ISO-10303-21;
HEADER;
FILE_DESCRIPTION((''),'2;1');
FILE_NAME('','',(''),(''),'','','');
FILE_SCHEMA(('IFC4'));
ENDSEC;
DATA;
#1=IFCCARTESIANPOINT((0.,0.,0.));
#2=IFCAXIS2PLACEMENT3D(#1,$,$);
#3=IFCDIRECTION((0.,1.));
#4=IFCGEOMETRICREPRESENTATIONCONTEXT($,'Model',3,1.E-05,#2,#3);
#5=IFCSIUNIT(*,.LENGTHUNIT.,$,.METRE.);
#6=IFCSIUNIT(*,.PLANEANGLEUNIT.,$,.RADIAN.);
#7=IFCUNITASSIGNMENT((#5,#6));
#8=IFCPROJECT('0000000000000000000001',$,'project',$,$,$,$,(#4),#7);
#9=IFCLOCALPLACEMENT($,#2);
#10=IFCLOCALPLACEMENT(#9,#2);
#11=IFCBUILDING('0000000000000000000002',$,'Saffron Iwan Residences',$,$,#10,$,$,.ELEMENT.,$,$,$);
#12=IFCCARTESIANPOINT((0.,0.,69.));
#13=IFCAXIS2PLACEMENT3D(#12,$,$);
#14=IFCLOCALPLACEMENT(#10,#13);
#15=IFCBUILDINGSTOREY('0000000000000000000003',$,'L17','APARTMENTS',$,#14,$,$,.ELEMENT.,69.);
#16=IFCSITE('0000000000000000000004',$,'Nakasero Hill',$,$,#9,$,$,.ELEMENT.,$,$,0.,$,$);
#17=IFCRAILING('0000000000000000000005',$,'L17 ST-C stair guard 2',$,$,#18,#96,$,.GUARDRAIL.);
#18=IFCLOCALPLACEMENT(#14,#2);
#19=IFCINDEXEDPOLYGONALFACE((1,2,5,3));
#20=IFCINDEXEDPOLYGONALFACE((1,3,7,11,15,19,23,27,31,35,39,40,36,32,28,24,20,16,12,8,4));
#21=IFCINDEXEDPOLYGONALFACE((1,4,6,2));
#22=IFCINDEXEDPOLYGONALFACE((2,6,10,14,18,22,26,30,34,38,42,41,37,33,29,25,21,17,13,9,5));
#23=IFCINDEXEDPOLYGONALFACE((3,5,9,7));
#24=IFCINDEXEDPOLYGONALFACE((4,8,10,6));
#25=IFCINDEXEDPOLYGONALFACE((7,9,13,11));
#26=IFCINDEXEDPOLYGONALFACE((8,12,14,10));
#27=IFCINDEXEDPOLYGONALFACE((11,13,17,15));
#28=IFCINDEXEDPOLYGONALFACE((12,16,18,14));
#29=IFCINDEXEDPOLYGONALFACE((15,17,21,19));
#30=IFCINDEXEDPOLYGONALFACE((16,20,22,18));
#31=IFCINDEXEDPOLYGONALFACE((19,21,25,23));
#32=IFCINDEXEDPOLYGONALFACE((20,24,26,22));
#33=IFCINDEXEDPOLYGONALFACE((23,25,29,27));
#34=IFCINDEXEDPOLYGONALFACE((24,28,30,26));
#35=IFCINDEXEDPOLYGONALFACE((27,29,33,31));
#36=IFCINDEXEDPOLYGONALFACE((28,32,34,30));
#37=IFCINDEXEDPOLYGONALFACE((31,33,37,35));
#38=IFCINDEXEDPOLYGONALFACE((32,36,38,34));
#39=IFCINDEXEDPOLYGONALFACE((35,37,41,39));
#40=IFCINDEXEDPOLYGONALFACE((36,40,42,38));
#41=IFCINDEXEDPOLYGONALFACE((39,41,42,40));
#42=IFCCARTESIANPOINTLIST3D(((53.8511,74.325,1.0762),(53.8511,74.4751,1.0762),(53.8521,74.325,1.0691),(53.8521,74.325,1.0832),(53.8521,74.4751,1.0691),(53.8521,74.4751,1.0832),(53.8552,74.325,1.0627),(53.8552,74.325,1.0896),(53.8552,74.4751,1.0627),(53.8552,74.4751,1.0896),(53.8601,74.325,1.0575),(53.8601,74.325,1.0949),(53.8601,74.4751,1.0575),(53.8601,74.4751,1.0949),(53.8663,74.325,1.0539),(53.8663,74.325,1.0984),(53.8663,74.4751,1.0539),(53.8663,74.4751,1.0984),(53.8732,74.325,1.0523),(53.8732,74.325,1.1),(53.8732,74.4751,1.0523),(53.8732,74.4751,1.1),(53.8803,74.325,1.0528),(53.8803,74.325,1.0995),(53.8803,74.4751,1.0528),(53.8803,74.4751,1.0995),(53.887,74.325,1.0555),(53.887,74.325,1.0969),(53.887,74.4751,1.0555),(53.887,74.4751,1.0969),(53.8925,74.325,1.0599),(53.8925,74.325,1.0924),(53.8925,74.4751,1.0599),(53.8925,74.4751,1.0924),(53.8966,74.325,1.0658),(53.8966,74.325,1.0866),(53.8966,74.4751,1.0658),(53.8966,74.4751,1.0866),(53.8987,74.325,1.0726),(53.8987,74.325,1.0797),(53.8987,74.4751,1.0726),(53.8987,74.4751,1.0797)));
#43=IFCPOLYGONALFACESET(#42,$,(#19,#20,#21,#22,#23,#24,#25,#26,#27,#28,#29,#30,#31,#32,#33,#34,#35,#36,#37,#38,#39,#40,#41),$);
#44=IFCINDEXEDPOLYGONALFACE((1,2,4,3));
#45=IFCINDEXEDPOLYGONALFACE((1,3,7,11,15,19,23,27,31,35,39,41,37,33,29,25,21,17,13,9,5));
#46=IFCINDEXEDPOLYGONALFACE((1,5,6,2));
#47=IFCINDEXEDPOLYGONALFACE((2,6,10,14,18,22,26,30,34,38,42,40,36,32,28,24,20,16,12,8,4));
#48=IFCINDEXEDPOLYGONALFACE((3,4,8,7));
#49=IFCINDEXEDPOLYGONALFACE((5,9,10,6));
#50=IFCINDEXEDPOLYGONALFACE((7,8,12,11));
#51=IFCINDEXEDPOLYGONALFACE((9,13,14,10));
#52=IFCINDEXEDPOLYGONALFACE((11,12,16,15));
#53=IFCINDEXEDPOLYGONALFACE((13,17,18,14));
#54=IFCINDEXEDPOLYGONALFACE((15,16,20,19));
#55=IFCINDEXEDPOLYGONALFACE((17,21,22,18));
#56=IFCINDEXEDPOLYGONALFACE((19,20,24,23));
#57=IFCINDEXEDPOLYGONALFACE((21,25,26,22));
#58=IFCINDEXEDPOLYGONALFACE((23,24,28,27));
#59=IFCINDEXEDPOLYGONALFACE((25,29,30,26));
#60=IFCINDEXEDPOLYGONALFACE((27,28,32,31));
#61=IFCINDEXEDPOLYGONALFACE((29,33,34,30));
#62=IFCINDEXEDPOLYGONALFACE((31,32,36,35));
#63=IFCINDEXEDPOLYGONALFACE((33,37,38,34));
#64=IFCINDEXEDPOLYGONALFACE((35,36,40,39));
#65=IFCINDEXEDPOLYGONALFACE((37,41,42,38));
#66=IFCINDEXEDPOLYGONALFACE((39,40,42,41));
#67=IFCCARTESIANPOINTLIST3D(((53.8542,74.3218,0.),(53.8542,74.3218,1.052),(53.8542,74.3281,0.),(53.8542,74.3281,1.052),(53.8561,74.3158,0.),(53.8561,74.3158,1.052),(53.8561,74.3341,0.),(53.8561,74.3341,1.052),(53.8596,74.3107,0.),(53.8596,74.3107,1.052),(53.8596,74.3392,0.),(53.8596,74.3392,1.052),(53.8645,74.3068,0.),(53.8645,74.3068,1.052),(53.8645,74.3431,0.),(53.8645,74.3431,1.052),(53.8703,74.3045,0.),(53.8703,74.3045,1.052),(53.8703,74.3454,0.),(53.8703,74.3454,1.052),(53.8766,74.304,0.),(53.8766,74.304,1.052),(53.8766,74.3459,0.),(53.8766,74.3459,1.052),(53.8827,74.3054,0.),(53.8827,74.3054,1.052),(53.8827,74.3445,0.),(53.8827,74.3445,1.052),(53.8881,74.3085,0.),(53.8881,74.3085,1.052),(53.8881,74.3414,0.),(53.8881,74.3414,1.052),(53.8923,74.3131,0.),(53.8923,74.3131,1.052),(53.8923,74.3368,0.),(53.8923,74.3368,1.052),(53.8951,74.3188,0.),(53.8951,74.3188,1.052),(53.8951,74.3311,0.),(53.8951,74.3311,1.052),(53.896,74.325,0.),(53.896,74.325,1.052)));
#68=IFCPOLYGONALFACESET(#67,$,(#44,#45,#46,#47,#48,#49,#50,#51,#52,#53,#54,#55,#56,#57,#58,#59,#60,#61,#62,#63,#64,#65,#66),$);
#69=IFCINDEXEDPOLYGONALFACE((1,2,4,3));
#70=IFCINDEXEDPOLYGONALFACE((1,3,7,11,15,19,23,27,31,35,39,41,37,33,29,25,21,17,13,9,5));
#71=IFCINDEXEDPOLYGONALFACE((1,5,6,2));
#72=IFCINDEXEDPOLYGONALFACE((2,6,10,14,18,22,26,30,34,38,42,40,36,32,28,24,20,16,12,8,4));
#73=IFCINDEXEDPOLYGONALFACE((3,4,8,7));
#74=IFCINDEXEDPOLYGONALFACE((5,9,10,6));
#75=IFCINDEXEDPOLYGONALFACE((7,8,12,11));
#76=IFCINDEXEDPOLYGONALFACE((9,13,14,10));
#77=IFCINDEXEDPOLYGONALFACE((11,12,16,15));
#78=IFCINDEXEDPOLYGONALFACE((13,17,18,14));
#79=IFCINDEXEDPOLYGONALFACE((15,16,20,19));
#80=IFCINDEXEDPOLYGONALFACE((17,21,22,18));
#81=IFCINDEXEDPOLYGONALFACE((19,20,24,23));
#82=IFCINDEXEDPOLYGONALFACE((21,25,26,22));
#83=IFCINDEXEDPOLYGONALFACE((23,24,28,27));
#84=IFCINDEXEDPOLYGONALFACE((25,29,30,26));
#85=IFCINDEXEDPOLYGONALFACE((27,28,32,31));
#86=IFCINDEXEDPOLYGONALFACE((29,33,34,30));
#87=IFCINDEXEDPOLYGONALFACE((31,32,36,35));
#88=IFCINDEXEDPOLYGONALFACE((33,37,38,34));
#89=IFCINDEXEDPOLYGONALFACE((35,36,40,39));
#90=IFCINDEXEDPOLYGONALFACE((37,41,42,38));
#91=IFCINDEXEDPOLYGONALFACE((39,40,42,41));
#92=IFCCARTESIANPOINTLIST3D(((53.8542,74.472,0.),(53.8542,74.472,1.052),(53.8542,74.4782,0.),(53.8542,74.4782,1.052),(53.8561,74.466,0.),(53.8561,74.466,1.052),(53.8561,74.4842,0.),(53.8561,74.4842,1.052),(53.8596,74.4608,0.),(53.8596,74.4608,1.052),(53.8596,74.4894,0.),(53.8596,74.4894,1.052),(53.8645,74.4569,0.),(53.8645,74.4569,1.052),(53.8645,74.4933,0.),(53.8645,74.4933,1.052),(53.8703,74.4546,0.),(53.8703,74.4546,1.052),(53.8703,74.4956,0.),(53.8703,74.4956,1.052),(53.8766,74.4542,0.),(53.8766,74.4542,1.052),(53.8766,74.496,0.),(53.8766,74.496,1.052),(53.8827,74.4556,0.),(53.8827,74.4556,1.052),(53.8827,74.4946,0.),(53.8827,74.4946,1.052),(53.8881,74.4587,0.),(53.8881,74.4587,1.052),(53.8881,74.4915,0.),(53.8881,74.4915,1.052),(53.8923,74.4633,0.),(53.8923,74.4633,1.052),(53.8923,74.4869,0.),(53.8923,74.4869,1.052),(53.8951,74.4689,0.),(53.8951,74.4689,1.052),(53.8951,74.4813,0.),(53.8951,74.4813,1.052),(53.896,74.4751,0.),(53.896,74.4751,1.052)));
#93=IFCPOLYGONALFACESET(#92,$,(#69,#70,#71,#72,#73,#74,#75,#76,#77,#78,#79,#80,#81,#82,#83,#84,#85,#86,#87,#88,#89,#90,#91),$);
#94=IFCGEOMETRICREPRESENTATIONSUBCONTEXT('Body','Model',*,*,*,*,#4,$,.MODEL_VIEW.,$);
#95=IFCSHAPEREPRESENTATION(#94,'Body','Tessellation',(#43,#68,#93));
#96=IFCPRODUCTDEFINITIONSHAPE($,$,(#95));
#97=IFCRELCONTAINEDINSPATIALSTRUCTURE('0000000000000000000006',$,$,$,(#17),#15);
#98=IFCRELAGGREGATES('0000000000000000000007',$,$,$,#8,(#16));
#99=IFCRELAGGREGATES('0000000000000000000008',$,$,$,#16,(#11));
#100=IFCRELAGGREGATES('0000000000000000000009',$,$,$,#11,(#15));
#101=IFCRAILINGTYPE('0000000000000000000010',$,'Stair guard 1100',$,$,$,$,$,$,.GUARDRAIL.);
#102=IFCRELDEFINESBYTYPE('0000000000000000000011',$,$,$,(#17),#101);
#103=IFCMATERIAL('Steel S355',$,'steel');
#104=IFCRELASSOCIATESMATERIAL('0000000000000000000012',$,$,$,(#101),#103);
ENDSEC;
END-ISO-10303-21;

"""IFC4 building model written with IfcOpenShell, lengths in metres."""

from ifc_helpers import new_model, si_unit, direction, frame, origin, origin_2d, place, context, subcontext, project, spatial, circle, extrude, material, type_object, element, save


model = new_model("IFC4")

# Units and contexts
model_context = context("Model", 3, precision=1e-05, world=origin(), true_north=direction((0.0, 1.0)))
body_context = subcontext(model_context, "Body", "Model", "MODEL_VIEW")
ifc_project = project(units=[si_unit("LENGTHUNIT", "METRE"), si_unit("PLANEANGLEUNIT", "RADIAN")], contexts=[model_context])

# Site, building, storey
site_placement = place(None, origin())
site = spatial("IfcSite", under=ifc_project, at=site_placement, Name="Nakasero Hill", CompositionType="ELEMENT", RefElevation=0.0)
building_placement = place(site_placement, origin())
building = spatial("IfcBuilding", under=site, at=building_placement, Name="Saffron Iwan Residences", CompositionType="ELEMENT")
storey_placement = place(building_placement, frame((0.0, 0.0, 69.0)))
storey = spatial("IfcBuildingStorey", under=building, at=storey_placement, Name="L17", Description="APARTMENTS", CompositionType="ELEMENT", Elevation=69.0)

# Railing
ifc_material_1 = material(Name="Steel S355", Category="steel")
railing_type_1 = type_object("IfcRailingType", Name="Stair guard 1100", PredefinedType="GUARDRAIL", material=ifc_material_1)
railing_1_placement = place(storey_placement, frame((53.875, 74.325, 0.0)))
element("IfcRailing", 1, at=railing_1_placement, inside=storey, type_object=railing_type_1, Name="L17 ST-C stair guard 2", PredefinedType="GUARDRAIL", context=body_context, shape_type="SweptSolid", body=[
    extrude(circle(Radius=0.0239, at=origin_2d()), frame((0.0, 0.0, 1.0762), z_axis=(0.0, 1.0, 0.0), x_axis=(-1.0, 0.0, 0.0)), (0.0, 0.0, 1.0), 0.1501),
    extrude(circle(Radius=0.021, at=origin_2d()), origin(), (0.0, 0.0, 1.0), 1.052),
    extrude(circle(Radius=0.021, at=origin_2d()), frame((0.0, 0.1501, 0.0)), (0.0, 0.0, 1.0), 1.052),
])

save(model, "model.ifc")
